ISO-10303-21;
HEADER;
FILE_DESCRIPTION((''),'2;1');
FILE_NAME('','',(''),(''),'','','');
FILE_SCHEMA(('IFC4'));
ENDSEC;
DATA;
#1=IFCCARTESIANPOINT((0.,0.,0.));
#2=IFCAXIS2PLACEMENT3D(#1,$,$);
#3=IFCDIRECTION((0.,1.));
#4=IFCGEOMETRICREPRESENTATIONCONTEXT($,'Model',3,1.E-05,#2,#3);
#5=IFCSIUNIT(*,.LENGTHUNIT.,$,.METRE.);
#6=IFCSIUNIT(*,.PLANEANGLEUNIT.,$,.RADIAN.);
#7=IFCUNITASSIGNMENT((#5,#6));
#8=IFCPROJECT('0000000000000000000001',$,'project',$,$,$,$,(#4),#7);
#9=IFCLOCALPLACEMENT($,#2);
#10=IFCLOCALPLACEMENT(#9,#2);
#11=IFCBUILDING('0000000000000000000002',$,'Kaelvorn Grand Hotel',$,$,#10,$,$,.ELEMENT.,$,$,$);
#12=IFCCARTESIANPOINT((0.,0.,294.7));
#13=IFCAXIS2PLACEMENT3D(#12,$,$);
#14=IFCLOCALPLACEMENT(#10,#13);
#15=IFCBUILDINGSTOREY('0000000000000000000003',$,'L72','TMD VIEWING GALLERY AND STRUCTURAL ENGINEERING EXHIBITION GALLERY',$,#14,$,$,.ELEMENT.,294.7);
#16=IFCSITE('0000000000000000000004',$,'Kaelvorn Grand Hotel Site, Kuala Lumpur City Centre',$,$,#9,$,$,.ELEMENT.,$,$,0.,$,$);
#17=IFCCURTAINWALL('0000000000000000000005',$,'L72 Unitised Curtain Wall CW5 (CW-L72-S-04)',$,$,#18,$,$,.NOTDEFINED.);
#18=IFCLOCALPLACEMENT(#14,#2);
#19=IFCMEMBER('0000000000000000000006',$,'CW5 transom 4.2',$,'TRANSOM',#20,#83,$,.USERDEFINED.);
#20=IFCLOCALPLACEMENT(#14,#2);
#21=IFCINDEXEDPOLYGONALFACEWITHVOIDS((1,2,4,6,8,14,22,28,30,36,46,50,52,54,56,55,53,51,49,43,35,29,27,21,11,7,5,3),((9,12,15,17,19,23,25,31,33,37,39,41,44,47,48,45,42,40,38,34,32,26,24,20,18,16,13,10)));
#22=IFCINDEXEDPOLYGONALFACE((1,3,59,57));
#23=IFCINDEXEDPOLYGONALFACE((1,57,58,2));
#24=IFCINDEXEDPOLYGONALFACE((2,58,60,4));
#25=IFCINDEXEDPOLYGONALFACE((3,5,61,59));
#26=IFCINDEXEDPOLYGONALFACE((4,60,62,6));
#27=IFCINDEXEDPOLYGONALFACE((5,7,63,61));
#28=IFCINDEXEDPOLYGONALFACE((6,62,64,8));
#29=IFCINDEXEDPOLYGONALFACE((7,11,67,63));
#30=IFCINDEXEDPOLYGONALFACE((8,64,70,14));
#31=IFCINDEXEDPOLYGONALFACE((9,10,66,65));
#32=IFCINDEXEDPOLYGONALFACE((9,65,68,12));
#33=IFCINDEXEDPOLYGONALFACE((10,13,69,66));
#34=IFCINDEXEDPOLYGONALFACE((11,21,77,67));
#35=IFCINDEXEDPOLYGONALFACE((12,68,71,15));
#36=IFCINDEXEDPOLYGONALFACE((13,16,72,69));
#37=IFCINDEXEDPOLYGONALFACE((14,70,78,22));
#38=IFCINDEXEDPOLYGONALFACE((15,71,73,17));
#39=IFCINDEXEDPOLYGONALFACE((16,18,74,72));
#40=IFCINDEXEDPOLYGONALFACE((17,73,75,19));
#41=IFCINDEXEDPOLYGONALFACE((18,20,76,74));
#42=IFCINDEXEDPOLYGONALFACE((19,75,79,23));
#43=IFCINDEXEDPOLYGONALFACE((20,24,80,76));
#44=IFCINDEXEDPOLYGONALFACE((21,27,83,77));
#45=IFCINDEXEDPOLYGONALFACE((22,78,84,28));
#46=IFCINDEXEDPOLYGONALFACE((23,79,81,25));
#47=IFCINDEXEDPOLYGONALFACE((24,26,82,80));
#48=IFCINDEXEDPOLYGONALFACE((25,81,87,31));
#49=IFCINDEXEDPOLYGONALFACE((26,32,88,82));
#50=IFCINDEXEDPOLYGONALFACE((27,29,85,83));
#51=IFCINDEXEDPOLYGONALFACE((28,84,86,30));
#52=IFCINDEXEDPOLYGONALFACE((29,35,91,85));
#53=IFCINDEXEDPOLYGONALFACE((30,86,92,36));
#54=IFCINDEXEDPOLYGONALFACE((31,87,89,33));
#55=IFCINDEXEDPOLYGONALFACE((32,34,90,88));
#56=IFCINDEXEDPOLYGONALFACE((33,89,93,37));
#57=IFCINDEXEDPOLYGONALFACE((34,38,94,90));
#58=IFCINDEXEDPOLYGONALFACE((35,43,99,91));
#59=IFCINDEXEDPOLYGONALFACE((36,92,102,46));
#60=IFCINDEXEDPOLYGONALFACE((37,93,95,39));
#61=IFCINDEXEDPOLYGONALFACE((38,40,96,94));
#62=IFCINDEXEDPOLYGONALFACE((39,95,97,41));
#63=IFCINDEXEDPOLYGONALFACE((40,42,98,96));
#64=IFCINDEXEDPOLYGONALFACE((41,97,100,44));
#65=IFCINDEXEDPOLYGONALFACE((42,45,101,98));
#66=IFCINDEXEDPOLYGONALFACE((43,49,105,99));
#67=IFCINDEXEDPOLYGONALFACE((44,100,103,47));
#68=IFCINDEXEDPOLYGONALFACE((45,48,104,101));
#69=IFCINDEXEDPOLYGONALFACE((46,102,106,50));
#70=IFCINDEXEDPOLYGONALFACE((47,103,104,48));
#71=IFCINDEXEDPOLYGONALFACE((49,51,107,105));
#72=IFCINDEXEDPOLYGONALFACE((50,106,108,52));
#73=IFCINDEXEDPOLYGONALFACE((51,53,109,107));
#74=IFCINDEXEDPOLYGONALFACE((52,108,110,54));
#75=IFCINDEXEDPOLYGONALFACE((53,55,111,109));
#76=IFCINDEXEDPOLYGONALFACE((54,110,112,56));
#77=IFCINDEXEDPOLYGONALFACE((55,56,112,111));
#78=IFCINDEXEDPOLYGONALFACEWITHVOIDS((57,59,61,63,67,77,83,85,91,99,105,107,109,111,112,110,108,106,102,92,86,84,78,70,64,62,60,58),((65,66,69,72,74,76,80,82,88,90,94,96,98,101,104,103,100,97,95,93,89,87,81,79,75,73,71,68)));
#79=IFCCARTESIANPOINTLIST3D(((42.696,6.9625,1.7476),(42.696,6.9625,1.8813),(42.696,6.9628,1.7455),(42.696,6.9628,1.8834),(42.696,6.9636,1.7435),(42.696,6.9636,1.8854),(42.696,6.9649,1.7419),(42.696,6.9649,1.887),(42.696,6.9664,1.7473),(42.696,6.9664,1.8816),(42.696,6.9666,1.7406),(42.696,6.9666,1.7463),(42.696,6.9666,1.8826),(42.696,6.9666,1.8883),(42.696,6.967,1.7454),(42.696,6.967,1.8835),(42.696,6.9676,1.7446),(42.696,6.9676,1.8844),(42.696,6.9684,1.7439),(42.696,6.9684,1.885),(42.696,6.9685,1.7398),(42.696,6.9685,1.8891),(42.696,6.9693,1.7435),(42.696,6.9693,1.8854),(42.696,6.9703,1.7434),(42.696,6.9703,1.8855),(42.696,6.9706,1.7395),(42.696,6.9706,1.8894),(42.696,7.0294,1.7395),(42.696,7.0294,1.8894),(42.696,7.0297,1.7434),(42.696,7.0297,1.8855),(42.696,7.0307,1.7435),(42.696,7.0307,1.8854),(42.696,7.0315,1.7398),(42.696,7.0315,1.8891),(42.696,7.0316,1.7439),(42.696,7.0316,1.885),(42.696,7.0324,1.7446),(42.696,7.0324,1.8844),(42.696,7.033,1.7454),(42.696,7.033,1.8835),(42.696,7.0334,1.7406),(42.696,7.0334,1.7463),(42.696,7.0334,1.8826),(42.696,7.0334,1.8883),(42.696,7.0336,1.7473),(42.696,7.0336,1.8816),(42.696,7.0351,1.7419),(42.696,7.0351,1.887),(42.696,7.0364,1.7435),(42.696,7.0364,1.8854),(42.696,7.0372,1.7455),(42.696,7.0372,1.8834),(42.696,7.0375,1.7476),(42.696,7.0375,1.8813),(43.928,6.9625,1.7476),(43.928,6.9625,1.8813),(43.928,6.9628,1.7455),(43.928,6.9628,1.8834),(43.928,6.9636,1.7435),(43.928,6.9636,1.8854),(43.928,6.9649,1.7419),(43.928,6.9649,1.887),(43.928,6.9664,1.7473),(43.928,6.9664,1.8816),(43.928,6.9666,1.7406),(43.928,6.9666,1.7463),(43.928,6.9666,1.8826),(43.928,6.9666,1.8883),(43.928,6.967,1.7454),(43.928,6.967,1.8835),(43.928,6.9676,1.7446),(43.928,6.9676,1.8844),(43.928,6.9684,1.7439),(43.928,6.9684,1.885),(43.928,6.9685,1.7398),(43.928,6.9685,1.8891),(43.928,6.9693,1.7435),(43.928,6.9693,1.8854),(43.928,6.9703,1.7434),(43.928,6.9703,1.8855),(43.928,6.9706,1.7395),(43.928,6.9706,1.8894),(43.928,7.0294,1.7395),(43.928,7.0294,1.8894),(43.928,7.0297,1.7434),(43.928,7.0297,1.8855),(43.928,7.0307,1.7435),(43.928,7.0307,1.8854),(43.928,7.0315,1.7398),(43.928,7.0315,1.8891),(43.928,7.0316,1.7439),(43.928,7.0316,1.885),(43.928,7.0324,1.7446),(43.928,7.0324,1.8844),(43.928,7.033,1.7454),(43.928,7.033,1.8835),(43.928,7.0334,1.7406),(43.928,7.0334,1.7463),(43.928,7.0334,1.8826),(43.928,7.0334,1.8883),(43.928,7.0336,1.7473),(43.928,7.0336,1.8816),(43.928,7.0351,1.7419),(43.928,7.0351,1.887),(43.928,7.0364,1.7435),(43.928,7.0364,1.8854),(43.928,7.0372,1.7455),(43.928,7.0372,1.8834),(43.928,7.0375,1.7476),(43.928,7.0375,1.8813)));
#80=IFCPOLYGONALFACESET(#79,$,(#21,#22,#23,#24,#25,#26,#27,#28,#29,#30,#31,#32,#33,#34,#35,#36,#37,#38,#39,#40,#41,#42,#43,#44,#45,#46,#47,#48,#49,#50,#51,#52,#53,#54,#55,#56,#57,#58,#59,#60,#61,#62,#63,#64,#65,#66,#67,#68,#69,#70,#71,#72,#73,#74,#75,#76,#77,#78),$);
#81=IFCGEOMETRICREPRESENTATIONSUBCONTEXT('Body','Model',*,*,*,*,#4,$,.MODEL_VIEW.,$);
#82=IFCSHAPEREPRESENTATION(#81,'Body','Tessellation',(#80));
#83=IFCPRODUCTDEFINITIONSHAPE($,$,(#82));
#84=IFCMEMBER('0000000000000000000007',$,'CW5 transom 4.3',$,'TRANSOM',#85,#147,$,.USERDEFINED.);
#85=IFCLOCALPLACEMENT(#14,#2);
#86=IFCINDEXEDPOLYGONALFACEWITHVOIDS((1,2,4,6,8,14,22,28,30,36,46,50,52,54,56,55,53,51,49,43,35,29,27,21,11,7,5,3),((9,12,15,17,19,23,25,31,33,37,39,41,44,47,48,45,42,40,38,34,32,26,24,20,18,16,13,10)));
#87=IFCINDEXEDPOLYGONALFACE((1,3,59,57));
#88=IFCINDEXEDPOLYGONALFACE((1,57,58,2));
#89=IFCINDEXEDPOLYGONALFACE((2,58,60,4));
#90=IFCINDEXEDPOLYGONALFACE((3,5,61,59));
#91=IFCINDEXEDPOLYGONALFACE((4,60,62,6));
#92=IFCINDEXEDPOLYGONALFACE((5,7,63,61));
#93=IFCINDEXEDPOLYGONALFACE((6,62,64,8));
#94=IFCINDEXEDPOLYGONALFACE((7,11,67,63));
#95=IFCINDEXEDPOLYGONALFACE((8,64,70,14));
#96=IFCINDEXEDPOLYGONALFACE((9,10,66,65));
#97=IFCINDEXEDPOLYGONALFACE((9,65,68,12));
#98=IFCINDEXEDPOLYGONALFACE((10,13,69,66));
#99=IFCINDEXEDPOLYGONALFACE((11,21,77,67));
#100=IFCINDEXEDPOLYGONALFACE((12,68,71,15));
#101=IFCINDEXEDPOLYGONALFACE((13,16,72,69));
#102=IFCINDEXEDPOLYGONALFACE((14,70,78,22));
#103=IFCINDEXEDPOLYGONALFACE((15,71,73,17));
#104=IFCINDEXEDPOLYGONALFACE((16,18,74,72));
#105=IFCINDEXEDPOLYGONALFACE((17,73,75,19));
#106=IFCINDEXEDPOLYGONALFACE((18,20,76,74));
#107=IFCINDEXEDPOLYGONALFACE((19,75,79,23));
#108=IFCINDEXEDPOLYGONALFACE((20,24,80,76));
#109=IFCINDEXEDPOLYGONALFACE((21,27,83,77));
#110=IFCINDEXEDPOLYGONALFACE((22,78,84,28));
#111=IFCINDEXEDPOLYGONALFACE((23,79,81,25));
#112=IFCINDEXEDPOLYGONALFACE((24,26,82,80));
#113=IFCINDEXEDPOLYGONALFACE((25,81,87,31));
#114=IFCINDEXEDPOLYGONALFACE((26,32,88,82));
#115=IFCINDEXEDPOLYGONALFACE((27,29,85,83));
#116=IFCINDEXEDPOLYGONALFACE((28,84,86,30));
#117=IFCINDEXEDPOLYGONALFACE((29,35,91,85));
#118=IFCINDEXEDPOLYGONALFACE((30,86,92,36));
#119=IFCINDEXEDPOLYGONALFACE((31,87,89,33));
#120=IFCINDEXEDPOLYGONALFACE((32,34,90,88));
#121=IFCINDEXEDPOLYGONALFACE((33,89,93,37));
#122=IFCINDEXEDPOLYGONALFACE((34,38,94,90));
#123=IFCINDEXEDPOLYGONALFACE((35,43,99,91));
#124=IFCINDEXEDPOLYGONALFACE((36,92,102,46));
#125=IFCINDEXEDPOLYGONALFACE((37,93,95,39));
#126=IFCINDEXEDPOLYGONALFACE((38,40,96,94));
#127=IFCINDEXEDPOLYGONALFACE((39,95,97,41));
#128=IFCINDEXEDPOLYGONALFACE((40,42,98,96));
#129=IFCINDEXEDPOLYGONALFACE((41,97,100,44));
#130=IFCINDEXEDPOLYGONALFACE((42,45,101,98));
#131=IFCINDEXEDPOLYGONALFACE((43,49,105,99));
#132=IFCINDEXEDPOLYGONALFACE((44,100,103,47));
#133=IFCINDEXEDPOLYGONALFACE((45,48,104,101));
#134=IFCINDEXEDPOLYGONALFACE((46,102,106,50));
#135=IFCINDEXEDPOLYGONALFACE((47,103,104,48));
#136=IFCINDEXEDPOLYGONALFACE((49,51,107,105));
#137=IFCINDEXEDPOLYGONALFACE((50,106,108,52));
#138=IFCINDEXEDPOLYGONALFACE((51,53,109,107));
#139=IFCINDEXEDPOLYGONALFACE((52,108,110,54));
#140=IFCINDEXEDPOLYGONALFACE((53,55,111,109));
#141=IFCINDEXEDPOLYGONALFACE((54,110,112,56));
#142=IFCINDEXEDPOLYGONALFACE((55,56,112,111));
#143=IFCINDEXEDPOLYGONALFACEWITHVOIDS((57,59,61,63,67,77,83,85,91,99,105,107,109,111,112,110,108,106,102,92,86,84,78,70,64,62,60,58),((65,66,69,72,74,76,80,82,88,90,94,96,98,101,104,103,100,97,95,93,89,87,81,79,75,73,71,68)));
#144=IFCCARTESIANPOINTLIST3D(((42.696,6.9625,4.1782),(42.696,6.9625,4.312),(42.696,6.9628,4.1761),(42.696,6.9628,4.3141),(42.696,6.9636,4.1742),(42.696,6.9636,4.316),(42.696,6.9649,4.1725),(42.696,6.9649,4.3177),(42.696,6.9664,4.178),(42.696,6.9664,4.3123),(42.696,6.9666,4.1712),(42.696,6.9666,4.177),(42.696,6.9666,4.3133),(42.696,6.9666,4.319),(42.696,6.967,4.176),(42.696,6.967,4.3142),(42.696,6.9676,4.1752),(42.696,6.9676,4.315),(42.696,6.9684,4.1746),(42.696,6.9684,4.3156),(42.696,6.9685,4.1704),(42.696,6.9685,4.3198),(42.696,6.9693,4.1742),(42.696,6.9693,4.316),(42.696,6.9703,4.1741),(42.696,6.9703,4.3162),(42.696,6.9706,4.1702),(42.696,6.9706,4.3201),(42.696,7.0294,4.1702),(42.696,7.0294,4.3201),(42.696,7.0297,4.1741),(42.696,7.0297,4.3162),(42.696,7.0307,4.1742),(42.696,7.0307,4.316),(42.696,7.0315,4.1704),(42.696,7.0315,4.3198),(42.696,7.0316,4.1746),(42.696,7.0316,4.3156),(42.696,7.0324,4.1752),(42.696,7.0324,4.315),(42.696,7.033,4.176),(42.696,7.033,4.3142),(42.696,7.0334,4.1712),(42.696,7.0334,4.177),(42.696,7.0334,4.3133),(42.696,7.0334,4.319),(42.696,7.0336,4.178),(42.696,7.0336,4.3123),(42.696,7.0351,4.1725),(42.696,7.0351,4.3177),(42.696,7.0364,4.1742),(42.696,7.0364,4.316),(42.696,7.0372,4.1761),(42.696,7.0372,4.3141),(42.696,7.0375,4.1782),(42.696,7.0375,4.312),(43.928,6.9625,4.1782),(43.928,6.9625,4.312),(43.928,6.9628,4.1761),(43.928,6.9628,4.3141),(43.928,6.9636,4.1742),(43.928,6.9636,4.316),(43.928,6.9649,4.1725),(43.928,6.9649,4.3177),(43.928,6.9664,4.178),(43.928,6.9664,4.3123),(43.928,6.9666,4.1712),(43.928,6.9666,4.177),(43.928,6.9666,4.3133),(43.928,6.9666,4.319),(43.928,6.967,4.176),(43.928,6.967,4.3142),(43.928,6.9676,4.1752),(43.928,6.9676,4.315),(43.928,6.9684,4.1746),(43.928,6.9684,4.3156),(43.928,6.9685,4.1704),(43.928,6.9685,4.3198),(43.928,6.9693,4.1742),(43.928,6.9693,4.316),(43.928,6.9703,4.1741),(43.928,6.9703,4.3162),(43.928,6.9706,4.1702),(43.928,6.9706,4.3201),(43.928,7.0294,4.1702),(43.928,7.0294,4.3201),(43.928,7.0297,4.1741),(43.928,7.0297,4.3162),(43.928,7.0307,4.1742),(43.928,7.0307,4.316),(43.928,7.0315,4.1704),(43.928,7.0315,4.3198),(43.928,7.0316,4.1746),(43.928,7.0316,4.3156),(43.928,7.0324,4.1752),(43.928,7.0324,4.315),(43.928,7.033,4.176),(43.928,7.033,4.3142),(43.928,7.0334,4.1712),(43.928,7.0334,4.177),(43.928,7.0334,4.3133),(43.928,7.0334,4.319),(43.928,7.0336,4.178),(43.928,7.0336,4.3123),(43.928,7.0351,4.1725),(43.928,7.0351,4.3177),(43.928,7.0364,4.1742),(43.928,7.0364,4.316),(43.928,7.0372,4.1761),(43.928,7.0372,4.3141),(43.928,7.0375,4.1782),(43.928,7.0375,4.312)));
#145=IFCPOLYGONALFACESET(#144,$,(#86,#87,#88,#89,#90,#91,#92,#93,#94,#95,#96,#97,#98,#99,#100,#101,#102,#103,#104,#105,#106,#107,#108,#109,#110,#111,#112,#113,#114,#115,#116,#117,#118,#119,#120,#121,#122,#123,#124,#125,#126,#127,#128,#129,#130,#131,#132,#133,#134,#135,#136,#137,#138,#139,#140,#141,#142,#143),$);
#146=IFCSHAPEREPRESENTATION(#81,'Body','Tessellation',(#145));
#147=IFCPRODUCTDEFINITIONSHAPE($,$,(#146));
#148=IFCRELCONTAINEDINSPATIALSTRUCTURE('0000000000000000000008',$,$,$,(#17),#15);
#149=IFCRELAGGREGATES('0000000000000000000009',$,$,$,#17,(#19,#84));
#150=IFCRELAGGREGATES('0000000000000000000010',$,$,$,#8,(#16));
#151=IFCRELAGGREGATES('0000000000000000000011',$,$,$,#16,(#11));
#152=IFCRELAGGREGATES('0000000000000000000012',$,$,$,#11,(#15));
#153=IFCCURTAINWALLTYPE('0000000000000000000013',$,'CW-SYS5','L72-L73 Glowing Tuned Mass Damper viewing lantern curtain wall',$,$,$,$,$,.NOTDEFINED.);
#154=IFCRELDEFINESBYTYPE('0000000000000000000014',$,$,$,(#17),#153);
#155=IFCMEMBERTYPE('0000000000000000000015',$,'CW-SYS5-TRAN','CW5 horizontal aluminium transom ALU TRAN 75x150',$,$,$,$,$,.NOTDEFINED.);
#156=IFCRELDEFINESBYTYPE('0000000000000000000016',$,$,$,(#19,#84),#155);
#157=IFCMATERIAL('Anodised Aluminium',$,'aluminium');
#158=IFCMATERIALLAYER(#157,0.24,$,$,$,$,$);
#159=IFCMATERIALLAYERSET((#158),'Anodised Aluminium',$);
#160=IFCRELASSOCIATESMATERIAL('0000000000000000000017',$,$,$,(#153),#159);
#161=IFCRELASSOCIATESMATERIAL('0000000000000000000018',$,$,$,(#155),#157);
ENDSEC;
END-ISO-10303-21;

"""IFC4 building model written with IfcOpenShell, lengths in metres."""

from ifc_helpers import new_model, si_unit, direction, frame, origin, origin_2d, place, context, subcontext, project, spatial, hollow_rectangle, extrude, material, layer, layer_set, material_profile, profile_set, type_object, element, aggregate, save


model = new_model("IFC4")

# Units and contexts
model_context = context("Model", 3, precision=1e-05, world=origin(), true_north=direction((0.0, 1.0)))
body_context = subcontext(model_context, "Body", "Model", "MODEL_VIEW")
ifc_project = project(units=[si_unit("LENGTHUNIT", "METRE"), si_unit("PLANEANGLEUNIT", "RADIAN")], contexts=[model_context])

# Site, building, storey
site_placement = place(None, origin())
site = spatial("IfcSite", under=ifc_project, at=site_placement, Name="Kaelvorn Grand Hotel Site, Kuala Lumpur City Centre", CompositionType="ELEMENT", RefElevation=0.0)
building_placement = place(site_placement, origin())
building = spatial("IfcBuilding", under=site, at=building_placement, Name="Kaelvorn Grand Hotel", CompositionType="ELEMENT")
storey_placement = place(building_placement, frame((0.0, 0.0, 294.7)))
storey = spatial("IfcBuildingStorey", under=building, at=storey_placement, Name="L72", Description="TMD VIEWING GALLERY AND STRUCTURAL ENGINEERING EXHIBITION GALLERY", CompositionType="ELEMENT", Elevation=294.7)

# Curtain wall
ifc_material_1 = material(Name="Anodised Aluminium", Category="aluminium")
ifc_layer_1 = layer(ifc_material_1, 0.24)
ifc_layer_set_1 = layer_set([ifc_layer_1], Name="Anodised Aluminium")
curtain_wall_type = type_object("IfcCurtainWallType", Name="CW-SYS5", Description="L72-L73 Glowing Tuned Mass Damper viewing lantern curtain wall", PredefinedType="NOTDEFINED", material=ifc_layer_set_1)
curtain_wall_1_placement = place(storey_placement, origin())
curtain_wall_1 = element("IfcCurtainWall", 1, at=curtain_wall_1_placement, inside=storey, type_object=curtain_wall_type, Name="L72 Unitised Curtain Wall CW5 (CW-L72-S-04)", PredefinedType="NOTDEFINED")

# Members
ifc_material_profile_1 = material_profile(ifc_material_1, hollow_rectangle(XDim=0.075, YDim=0.1499, WallThickness=0.0039, InnerFilletRadius=0.0039, OuterFilletRadius=0.0081, at=origin_2d()), Name="ALU TRAN 75x150")
ifc_profile_set_1 = profile_set([ifc_material_profile_1], Name="Anodised Aluminium")
member_type_1 = type_object("IfcMemberType", Name="CW-SYS5-TRAN", Description="CW5 horizontal aluminium transom ALU TRAN 75x150", PredefinedType="NOTDEFINED", material=ifc_profile_set_1)
member_1_placement = place(storey_placement, frame((42.696, 7.0, 1.8145), z_axis=(1.0, 0.0, 0.0), x_axis=(0.0, 1.0, 0.0)))
member_1 = element("IfcMember", 2, at=member_1_placement, type_object=member_type_1, Name="CW5 transom 4.2", ObjectType="TRANSOM", PredefinedType="USERDEFINED", context=body_context, shape_type="SweptSolid", body=[
    extrude(hollow_rectangle(XDim=0.075, YDim=0.1499, WallThickness=0.0039, InnerFilletRadius=0.0039, OuterFilletRadius=0.0081, at=origin_2d()), origin(), (0.0, 0.0, 1.0), 1.2319),
])
member_2_placement = place(storey_placement, frame((42.696, 7.0, 4.2451), z_axis=(1.0, 0.0, 0.0), x_axis=(0.0, 1.0, 0.0)))
member_2 = element("IfcMember", 3, at=member_2_placement, type_object=member_type_1, Name="CW5 transom 4.3", ObjectType="TRANSOM", PredefinedType="USERDEFINED", context=body_context, shape_type="SweptSolid", body=[
    extrude(hollow_rectangle(XDim=0.075, YDim=0.1499, WallThickness=0.0039, InnerFilletRadius=0.0039, OuterFilletRadius=0.0081, at=origin_2d()), origin(), (0.0, 0.0, 1.0), 1.2319),
])

aggregate(curtain_wall_1, [member_1, member_2])

save(model, "model.ifc")
